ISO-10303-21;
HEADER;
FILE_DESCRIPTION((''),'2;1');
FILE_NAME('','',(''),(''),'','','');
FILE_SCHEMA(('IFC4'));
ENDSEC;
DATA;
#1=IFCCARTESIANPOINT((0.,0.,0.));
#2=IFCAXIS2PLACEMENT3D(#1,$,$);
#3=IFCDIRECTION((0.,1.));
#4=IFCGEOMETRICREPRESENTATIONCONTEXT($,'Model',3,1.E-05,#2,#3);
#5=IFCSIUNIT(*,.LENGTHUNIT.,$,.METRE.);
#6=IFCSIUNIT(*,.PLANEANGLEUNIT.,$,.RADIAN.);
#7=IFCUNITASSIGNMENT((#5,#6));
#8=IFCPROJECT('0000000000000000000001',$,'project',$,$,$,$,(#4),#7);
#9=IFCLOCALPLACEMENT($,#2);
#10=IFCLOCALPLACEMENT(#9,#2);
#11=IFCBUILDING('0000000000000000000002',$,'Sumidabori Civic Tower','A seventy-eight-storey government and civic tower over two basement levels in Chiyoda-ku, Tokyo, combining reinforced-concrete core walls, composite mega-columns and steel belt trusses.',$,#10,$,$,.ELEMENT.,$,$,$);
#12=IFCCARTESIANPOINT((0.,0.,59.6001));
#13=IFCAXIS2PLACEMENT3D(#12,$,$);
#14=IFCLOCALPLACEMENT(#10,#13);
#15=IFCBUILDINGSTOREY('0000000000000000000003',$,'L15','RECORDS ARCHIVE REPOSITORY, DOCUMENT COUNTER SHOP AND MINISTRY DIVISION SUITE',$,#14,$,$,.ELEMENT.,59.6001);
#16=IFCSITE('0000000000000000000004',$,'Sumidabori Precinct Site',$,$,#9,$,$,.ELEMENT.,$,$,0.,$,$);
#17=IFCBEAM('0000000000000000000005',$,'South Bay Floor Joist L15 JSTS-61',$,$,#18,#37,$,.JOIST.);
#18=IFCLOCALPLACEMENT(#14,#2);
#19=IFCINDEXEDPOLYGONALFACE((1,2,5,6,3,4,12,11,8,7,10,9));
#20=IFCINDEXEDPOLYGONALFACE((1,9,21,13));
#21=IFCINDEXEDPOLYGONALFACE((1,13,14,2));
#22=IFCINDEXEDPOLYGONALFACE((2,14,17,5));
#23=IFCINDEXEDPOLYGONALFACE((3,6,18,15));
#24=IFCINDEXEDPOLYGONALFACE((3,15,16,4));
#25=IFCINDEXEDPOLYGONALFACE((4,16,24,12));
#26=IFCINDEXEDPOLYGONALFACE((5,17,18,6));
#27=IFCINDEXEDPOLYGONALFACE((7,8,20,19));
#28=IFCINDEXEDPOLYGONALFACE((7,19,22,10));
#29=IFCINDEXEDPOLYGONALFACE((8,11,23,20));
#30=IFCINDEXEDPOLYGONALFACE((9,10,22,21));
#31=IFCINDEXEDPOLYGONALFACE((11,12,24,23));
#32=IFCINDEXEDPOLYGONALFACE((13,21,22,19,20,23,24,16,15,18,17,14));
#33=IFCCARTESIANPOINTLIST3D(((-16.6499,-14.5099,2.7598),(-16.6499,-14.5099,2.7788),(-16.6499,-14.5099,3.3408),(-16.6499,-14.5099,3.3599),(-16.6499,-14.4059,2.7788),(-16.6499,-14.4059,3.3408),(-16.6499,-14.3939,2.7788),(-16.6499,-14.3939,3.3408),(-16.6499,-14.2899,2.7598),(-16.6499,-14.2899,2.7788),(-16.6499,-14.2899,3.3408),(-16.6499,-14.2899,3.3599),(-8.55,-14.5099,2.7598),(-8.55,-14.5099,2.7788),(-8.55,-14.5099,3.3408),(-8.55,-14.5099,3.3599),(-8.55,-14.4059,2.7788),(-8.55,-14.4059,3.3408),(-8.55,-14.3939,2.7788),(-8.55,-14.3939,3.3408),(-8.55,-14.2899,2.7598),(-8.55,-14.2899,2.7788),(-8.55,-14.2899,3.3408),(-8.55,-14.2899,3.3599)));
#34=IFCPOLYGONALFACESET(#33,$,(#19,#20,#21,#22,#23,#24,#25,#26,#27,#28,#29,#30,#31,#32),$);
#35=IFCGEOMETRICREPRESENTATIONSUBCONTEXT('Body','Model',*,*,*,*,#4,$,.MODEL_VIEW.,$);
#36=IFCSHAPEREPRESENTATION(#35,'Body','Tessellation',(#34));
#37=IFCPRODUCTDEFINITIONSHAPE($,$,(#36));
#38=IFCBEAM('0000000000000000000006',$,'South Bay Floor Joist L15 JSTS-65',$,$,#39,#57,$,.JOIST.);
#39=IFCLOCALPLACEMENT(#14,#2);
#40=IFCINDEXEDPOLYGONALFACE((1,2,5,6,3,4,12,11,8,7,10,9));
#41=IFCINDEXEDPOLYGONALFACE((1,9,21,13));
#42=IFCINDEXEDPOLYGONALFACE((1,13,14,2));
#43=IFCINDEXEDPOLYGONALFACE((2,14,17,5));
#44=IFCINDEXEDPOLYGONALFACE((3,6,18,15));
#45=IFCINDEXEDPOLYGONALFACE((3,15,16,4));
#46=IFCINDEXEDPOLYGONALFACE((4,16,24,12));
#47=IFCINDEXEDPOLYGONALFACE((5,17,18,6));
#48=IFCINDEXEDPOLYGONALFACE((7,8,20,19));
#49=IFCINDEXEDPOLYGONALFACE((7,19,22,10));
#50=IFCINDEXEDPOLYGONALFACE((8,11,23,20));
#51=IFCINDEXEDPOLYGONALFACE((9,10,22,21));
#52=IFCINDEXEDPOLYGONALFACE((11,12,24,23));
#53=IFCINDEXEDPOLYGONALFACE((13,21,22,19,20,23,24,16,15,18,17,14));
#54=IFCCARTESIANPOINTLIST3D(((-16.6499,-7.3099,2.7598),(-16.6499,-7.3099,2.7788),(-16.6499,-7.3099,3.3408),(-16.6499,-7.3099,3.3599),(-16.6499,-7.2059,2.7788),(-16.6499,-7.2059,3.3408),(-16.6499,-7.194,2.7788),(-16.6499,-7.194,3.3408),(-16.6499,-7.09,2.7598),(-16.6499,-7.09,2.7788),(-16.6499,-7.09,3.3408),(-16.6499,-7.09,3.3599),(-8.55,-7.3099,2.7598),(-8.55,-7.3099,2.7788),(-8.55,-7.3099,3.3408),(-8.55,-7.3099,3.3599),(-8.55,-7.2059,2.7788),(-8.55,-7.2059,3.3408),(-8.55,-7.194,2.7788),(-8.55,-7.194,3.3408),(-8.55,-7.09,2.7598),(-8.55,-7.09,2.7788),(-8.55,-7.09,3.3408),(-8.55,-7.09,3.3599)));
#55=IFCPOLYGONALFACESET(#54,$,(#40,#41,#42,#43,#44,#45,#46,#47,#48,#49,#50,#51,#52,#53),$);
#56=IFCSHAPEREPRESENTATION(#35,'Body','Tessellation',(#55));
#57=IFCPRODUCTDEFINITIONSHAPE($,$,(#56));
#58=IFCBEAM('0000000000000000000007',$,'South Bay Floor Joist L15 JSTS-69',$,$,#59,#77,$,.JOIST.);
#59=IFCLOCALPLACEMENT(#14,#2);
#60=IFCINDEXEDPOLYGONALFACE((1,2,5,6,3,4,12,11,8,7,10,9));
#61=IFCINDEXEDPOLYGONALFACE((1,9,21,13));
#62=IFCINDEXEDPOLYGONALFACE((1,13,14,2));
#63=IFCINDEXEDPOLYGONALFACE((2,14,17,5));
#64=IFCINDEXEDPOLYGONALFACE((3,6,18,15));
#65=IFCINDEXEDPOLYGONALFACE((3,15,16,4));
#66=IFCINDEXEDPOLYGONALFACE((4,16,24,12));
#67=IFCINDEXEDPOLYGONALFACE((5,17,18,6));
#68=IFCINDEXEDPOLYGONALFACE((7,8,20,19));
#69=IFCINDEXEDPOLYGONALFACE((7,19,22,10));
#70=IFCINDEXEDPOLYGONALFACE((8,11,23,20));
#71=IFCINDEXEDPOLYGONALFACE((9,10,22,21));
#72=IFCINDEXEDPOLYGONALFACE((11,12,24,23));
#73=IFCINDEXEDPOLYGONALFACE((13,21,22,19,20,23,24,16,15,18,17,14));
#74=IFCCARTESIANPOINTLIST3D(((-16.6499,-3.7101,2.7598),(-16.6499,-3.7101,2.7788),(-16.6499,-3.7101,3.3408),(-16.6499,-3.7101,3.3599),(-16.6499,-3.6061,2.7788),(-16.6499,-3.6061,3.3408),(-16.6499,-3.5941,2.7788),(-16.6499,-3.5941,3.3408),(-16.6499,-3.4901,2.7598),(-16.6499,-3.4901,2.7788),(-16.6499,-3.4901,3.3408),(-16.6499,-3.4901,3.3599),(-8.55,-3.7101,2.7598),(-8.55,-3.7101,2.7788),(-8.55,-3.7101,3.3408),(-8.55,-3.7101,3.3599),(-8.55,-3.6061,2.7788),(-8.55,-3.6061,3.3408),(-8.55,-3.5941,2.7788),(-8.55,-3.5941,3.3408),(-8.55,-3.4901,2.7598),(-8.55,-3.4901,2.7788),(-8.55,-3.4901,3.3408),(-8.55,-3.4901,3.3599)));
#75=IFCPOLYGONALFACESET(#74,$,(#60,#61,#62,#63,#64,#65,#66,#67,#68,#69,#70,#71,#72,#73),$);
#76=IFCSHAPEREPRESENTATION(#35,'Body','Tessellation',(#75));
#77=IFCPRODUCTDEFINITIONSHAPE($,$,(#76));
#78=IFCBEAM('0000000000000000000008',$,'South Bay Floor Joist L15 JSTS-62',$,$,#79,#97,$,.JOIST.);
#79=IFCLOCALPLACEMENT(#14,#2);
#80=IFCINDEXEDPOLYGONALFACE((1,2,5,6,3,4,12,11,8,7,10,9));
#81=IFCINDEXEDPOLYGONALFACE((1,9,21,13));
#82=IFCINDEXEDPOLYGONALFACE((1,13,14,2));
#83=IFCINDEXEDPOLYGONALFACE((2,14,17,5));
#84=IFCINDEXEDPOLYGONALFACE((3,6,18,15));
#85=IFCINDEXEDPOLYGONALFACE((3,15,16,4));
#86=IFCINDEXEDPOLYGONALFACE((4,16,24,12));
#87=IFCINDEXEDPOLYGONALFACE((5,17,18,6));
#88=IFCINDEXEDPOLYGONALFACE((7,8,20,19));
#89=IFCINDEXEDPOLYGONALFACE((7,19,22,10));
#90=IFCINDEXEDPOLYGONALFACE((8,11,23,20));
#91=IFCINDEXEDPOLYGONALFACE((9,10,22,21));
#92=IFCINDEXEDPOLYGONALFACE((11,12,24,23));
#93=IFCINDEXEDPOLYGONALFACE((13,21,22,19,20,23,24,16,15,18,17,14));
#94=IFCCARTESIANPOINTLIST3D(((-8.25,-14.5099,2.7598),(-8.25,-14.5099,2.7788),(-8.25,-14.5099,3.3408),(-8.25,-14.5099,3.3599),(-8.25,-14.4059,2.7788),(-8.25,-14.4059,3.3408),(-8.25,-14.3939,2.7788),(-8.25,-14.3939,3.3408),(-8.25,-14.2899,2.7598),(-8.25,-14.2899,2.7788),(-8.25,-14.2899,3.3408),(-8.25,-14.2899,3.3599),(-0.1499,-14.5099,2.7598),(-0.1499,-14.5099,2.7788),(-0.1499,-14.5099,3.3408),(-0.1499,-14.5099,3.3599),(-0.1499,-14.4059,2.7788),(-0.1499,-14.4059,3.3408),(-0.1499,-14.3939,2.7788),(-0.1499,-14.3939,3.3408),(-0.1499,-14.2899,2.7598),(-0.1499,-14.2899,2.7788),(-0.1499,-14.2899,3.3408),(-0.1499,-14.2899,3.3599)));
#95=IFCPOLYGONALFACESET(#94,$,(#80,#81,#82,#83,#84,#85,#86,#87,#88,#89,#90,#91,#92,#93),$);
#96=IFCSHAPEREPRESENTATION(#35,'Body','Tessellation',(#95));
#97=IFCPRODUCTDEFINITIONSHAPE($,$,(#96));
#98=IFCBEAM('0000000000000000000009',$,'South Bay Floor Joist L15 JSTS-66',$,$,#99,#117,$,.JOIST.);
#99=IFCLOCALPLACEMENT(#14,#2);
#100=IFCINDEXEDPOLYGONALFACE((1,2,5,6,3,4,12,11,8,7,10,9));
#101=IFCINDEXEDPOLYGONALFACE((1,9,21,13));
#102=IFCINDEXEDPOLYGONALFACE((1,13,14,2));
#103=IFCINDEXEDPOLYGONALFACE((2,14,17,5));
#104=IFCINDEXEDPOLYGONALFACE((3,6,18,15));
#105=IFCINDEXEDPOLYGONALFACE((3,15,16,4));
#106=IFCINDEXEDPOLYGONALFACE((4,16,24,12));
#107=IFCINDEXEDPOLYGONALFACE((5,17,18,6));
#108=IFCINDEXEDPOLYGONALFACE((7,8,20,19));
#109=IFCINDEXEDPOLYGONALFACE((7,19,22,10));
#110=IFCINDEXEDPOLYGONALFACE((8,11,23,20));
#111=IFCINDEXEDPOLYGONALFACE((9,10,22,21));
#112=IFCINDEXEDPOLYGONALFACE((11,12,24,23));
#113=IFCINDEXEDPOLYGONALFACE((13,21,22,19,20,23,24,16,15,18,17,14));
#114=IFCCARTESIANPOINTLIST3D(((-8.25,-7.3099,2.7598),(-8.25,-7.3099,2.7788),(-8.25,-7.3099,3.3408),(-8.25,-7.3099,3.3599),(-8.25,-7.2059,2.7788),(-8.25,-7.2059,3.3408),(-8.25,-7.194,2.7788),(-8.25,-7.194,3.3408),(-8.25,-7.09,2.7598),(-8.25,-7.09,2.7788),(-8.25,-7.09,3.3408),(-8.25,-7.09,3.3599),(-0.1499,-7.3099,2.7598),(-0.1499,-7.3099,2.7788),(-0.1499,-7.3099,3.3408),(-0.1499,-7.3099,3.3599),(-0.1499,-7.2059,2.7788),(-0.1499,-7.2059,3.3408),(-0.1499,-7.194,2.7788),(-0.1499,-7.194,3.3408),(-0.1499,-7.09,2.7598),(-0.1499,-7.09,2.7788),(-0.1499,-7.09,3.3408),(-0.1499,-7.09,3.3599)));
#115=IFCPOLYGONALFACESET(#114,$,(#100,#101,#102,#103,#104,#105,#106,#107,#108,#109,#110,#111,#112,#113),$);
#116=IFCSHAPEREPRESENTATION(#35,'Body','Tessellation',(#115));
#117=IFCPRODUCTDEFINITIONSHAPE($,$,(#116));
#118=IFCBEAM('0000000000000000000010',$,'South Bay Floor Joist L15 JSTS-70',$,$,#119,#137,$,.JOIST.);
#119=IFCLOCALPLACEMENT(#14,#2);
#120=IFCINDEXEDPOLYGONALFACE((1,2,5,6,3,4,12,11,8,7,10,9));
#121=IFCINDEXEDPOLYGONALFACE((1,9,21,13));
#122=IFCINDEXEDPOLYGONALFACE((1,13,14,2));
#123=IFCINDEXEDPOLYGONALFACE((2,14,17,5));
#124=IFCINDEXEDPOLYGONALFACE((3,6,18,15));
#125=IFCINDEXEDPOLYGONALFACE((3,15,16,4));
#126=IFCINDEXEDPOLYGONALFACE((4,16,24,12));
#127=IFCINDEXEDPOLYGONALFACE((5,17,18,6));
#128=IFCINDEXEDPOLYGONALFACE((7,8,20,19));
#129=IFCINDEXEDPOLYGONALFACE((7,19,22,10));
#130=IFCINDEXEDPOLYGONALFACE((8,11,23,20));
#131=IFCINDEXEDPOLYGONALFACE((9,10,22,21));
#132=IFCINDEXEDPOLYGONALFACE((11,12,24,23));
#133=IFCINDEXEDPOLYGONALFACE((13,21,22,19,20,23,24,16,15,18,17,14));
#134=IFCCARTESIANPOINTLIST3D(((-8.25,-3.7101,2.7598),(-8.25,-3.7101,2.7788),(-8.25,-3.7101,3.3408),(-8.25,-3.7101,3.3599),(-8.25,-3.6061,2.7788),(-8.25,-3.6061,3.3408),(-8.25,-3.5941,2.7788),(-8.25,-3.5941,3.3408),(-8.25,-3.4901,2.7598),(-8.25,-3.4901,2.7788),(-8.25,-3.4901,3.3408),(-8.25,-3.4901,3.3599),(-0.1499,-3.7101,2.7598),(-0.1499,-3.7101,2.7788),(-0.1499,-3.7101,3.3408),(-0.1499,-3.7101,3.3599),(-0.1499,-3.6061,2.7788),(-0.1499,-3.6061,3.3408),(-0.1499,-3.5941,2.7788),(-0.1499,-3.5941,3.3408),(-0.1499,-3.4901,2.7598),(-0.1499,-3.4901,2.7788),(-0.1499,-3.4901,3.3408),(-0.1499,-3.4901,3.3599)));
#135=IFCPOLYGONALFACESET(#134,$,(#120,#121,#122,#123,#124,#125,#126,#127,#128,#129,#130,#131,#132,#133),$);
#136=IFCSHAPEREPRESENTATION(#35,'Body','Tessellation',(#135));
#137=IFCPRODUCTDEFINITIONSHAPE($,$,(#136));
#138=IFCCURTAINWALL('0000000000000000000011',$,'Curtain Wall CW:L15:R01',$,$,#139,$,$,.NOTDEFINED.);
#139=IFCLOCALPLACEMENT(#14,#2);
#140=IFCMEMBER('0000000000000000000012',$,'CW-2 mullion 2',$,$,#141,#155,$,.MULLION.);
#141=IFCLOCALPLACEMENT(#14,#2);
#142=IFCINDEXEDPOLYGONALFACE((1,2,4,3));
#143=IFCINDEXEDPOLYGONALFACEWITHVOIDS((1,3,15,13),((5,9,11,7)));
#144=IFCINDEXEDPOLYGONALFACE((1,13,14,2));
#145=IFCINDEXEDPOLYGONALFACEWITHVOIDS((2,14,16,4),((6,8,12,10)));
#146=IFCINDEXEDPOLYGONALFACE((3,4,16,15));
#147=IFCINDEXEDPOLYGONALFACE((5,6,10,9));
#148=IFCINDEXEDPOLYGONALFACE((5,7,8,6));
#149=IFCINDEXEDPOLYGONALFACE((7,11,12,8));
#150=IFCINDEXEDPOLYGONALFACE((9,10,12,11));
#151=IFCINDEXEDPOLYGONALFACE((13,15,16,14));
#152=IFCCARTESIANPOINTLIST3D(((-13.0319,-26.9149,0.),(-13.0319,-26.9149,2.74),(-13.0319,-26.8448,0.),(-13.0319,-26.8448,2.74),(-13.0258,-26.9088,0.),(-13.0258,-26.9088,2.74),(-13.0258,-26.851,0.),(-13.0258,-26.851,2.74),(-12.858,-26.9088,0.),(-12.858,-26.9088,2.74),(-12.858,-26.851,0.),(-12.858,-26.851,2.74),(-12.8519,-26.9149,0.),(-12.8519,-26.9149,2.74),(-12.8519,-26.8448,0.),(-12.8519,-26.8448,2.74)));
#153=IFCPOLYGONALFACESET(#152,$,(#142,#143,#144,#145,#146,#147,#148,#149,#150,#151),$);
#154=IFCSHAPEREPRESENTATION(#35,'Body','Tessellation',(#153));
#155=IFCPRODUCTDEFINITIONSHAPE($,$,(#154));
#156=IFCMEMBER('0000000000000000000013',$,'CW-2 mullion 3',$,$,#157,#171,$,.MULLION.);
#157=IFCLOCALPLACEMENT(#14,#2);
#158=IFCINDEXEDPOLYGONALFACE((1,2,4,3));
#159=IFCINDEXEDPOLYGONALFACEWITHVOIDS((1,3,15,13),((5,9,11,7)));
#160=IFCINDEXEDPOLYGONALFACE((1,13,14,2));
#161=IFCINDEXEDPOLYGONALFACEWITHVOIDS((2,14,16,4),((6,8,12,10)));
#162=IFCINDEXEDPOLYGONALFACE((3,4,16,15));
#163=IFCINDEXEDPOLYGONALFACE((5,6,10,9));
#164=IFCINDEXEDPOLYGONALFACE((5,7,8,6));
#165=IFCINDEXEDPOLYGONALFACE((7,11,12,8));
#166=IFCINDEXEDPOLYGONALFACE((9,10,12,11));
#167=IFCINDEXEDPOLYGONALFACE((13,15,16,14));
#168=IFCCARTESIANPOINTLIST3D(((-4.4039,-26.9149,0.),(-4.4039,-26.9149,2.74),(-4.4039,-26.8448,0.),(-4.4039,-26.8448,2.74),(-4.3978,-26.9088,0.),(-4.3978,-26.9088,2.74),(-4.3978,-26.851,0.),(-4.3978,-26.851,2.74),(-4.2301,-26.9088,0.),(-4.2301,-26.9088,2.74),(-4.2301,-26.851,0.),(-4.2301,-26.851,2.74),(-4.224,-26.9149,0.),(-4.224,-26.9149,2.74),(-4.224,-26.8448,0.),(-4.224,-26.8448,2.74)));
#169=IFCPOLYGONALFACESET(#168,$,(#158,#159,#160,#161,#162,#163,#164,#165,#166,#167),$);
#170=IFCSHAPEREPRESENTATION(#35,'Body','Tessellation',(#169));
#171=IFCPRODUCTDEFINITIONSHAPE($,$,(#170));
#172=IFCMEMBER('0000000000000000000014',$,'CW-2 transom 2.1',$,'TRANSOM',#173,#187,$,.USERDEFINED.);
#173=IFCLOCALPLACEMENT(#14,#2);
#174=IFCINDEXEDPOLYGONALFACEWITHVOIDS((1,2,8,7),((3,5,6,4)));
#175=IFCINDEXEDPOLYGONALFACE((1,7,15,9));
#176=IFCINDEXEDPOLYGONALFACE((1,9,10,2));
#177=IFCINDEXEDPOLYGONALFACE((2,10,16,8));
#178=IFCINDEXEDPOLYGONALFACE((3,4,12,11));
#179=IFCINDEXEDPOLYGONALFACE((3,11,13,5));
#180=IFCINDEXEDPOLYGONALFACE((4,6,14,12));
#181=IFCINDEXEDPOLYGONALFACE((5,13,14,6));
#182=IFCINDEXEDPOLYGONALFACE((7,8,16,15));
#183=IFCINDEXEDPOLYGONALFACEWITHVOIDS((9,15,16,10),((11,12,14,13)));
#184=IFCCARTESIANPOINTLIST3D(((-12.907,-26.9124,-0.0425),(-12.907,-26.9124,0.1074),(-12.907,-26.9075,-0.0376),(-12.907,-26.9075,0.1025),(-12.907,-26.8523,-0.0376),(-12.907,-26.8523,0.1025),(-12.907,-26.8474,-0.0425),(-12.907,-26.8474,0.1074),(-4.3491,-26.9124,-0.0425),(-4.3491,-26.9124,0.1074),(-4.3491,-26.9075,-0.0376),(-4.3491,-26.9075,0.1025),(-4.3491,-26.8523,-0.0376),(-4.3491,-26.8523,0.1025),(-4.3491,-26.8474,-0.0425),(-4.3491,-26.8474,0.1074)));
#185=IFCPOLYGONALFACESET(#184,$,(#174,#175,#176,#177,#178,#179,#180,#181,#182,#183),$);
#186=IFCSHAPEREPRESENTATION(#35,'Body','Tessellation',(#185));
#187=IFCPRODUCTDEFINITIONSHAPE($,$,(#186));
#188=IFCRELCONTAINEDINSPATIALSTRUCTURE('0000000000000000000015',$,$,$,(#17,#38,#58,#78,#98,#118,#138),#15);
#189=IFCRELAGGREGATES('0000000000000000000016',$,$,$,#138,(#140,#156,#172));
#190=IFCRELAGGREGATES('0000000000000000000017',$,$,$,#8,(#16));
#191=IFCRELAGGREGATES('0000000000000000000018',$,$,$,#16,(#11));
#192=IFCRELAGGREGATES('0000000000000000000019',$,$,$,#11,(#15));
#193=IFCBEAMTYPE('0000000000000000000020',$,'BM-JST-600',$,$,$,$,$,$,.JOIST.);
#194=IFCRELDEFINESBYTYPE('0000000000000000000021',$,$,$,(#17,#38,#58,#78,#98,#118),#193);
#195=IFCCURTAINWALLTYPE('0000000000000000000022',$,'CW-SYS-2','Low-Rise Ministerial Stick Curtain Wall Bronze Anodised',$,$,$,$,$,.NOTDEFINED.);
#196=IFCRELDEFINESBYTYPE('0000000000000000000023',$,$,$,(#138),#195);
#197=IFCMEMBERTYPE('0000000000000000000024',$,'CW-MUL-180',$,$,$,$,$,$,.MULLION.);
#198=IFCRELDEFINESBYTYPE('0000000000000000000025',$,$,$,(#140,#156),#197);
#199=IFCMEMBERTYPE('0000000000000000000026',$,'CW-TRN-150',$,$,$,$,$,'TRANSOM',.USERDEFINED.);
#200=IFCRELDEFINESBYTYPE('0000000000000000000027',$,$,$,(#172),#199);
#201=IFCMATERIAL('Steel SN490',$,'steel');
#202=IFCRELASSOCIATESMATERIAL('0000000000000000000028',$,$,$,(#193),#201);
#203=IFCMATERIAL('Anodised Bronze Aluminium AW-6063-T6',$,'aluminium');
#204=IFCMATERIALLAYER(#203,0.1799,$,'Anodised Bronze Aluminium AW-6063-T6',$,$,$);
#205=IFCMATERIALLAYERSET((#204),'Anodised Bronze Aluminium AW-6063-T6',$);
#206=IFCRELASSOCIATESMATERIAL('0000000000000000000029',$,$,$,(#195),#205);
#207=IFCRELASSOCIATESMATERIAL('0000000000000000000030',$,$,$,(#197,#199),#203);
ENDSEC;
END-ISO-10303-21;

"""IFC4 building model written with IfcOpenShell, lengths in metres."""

from ifc_helpers import new_model, si_unit, direction, frame, origin, origin_2d, place, context, subcontext, project, spatial, hollow_rectangle, i_section, extrude, source, transform, mapped, material, layer, layer_set, material_profile, profile_set, type_object, element, aggregate, save


model = new_model("IFC4")

# Units and contexts
model_context = context("Model", 3, precision=1e-05, world=origin(), true_north=direction((0.0, 1.0)))
body_context = subcontext(model_context, "Body", "Model", "MODEL_VIEW")
ifc_project = project(units=[si_unit("LENGTHUNIT", "METRE"), si_unit("PLANEANGLEUNIT", "RADIAN")], contexts=[model_context])

# Site, building, storey
site_placement = place(None, origin())
site = spatial("IfcSite", under=ifc_project, at=site_placement, Name="Sumidabori Precinct Site", CompositionType="ELEMENT", RefElevation=0.0)
building_placement = place(site_placement, origin())
building = spatial("IfcBuilding", under=site, at=building_placement, Name="Sumidabori Civic Tower", Description="A seventy-eight-storey government and civic tower over two basement levels in Chiyoda-ku, Tokyo, combining reinforced-concrete core walls, composite mega-columns and steel belt trusses.", CompositionType="ELEMENT")
storey_placement = place(building_placement, frame((0.0, 0.0, 59.6001)))
storey = spatial("IfcBuildingStorey", under=building, at=storey_placement, Name="L15", Description="RECORDS ARCHIVE REPOSITORY, DOCUMENT COUNTER SHOP AND MINISTRY DIVISION SUITE", CompositionType="ELEMENT", Elevation=59.6001)

# Beams
ifc_material_1 = material(Name="Steel SN490", Category="steel")
ifc_material_profile_1 = material_profile(ifc_material_1, i_section(OverallWidth=0.22, OverallDepth=0.6001, WebThickness=0.012, FlangeThickness=0.019, at=origin_2d()), Name="IPE 600")
ifc_profile_set_1 = profile_set([ifc_material_profile_1], Name="Steel SN490")
beam_type_1 = type_object("IfcBeamType", Name="BM-JST-600", PredefinedType="JOIST", material=ifc_profile_set_1)
shared_shape_1 = source(origin(), body_context, "Body", "SweptSolid", [
    extrude(i_section(OverallWidth=0.22, OverallDepth=0.6001, WebThickness=0.012, FlangeThickness=0.019, at=origin_2d()), origin(), (0.0, 0.0, 1.0), 8.0999),
])
for number, where, z_axis, x_axis, name in (
    (1, (-16.6499, -14.3999, 3.0598), (1.0, 0.0, 0.0), (0.0, 1.0, 0.0), "South Bay Floor Joist L15 JSTS-61"),
    (2, (-16.6499, -7.2, 3.0598), (1.0, 0.0, 0.0), (0.0, 1.0, 0.0), "South Bay Floor Joist L15 JSTS-65"),
    (3, (-16.6499, -3.6001, 3.0598), (1.0, 0.0, 0.0), (0.0, 1.0, 0.0), "South Bay Floor Joist L15 JSTS-69"),
):
    element("IfcBeam", number, at=place(storey_placement, frame(where, z_axis=z_axis, x_axis=x_axis)), inside=storey, type_object=beam_type_1, Name=name, PredefinedType="JOIST", context=body_context, shape_type="MappedRepresentation", body=[
        mapped(shared_shape_1, transform((0.0, 0.0, 0.0), x_axis=(1.0, 0.0, 0.0), y_axis=(0.0, 1.0, 0.0), z_axis=(0.0, 0.0, 1.0), scale=1.0)),
    ])
shared_shape_2 = source(origin(), body_context, "Body", "SweptSolid", [
    extrude(i_section(OverallWidth=0.22, OverallDepth=0.6001, WebThickness=0.012, FlangeThickness=0.019, at=origin_2d()), origin(), (0.0, 0.0, 1.0), 8.1001),
])
for number, where, z_axis, x_axis, name in (
    (4, (-8.25, -14.3999, 3.0598), (1.0, 0.0, 0.0), (0.0, 1.0, 0.0), "South Bay Floor Joist L15 JSTS-62"),
    (5, (-8.25, -7.2, 3.0598), (1.0, 0.0, 0.0), (0.0, 1.0, 0.0), "South Bay Floor Joist L15 JSTS-66"),
    (6, (-8.25, -3.6001, 3.0598), (1.0, 0.0, 0.0), (0.0, 1.0, 0.0), "South Bay Floor Joist L15 JSTS-70"),
):
    element("IfcBeam", number, at=place(storey_placement, frame(where, z_axis=z_axis, x_axis=x_axis)), inside=storey, type_object=beam_type_1, Name=name, PredefinedType="JOIST", context=body_context, shape_type="MappedRepresentation", body=[
        mapped(shared_shape_2, transform((0.0, 0.0, 0.0), x_axis=(1.0, 0.0, 0.0), y_axis=(0.0, 1.0, 0.0), z_axis=(0.0, 0.0, 1.0), scale=1.0)),
    ])

# Curtain wall, members
ifc_material_2 = material(Name="Anodised Bronze Aluminium AW-6063-T6", Category="aluminium")
ifc_layer_1 = layer(ifc_material_2, 0.1799, Name="Anodised Bronze Aluminium AW-6063-T6")
ifc_layer_set_1 = layer_set([ifc_layer_1], Name="Anodised Bronze Aluminium AW-6063-T6")
curtain_wall_type = type_object("IfcCurtainWallType", Name="CW-SYS-2", Description="Low-Rise Ministerial Stick Curtain Wall Bronze Anodised", PredefinedType="NOTDEFINED", material=ifc_layer_set_1)
curtain_wall_placement = place(storey_placement, origin())
curtain_wall = element("IfcCurtainWall", 7, at=curtain_wall_placement, inside=storey, type_object=curtain_wall_type, Name="Curtain Wall CW:L15:R01", PredefinedType="NOTDEFINED")
ifc_material_profile_2 = material_profile(ifc_material_2, hollow_rectangle(XDim=0.0701, YDim=0.1799, WallThickness=0.0061, at=origin_2d()), Name="ALU MULLION 180x70")
ifc_profile_set_2 = profile_set([ifc_material_profile_2], Name="Anodised Bronze Aluminium AW-6063-T6")
member_type_1 = type_object("IfcMemberType", Name="CW-MUL-180", PredefinedType="MULLION", material=ifc_profile_set_2)
shared_shape_3 = source(origin(), body_context, "Body", "SweptSolid", [
    extrude(hollow_rectangle(XDim=0.0701, YDim=0.1799, WallThickness=0.0061, at=origin_2d()), origin(), (0.0, 0.0, 1.0), 2.74),
])
member_1_placement = place(storey_placement, frame((-12.9419, -26.8799, 0.0), z_axis=(0.0, 0.0, 1.0), x_axis=(0.0, 1.0, 0.0)))
member_1 = element("IfcMember", 8, at=member_1_placement, type_object=member_type_1, Name="CW-2 mullion 2", PredefinedType="MULLION", context=body_context, shape_type="MappedRepresentation", body=[
    mapped(shared_shape_3, transform((0.0, 0.0, 0.0), x_axis=(1.0, 0.0, 0.0), y_axis=(0.0, 1.0, 0.0), z_axis=(0.0, 0.0, 1.0), scale=1.0)),
])
member_2_placement = place(storey_placement, frame((-4.314, -26.8799, 0.0), z_axis=(0.0, 0.0, 1.0), x_axis=(0.0, 1.0, 0.0)))
member_2 = element("IfcMember", 9, at=member_2_placement, type_object=member_type_1, Name="CW-2 mullion 3", PredefinedType="MULLION", context=body_context, shape_type="MappedRepresentation", body=[
    mapped(shared_shape_3, transform((0.0, 0.0, 0.0), x_axis=(1.0, 0.0, 0.0), y_axis=(0.0, 1.0, 0.0), z_axis=(0.0, 0.0, 1.0), scale=1.0)),
])
ifc_material_profile_3 = material_profile(ifc_material_2, hollow_rectangle(XDim=0.0649, YDim=0.1499, WallThickness=0.0049, at=origin_2d()), Name="ALU TRANSOM 150x65")
ifc_profile_set_3 = profile_set([ifc_material_profile_3], Name="Anodised Bronze Aluminium AW-6063-T6")
member_type_2 = type_object("IfcMemberType", Name="CW-TRN-150", ElementType="TRANSOM", PredefinedType="USERDEFINED", material=ifc_profile_set_3)
shared_shape_4 = source(origin(), body_context, "Body", "SweptSolid", [
    extrude(hollow_rectangle(XDim=0.0649, YDim=0.1499, WallThickness=0.0049, at=origin_2d()), origin(), (0.0, 0.0, 1.0), 8.5579),
])
member_3_placement = place(storey_placement, frame((-12.907, -26.8799, 0.0325), z_axis=(1.0, 0.0, 0.0), x_axis=(0.0, 1.0, 0.0)))
member_3 = element("IfcMember", 10, at=member_3_placement, type_object=member_type_2, Name="CW-2 transom 2.1", ObjectType="TRANSOM", PredefinedType="USERDEFINED", context=body_context, shape_type="MappedRepresentation", body=[
    mapped(shared_shape_4, transform((0.0, 0.0, 0.0), x_axis=(1.0, 0.0, 0.0), y_axis=(0.0, 1.0, 0.0), z_axis=(0.0, 0.0, 1.0), scale=1.0)),
])

aggregate(curtain_wall, [member_1, member_2, member_3])

save(model, "model.ifc")
